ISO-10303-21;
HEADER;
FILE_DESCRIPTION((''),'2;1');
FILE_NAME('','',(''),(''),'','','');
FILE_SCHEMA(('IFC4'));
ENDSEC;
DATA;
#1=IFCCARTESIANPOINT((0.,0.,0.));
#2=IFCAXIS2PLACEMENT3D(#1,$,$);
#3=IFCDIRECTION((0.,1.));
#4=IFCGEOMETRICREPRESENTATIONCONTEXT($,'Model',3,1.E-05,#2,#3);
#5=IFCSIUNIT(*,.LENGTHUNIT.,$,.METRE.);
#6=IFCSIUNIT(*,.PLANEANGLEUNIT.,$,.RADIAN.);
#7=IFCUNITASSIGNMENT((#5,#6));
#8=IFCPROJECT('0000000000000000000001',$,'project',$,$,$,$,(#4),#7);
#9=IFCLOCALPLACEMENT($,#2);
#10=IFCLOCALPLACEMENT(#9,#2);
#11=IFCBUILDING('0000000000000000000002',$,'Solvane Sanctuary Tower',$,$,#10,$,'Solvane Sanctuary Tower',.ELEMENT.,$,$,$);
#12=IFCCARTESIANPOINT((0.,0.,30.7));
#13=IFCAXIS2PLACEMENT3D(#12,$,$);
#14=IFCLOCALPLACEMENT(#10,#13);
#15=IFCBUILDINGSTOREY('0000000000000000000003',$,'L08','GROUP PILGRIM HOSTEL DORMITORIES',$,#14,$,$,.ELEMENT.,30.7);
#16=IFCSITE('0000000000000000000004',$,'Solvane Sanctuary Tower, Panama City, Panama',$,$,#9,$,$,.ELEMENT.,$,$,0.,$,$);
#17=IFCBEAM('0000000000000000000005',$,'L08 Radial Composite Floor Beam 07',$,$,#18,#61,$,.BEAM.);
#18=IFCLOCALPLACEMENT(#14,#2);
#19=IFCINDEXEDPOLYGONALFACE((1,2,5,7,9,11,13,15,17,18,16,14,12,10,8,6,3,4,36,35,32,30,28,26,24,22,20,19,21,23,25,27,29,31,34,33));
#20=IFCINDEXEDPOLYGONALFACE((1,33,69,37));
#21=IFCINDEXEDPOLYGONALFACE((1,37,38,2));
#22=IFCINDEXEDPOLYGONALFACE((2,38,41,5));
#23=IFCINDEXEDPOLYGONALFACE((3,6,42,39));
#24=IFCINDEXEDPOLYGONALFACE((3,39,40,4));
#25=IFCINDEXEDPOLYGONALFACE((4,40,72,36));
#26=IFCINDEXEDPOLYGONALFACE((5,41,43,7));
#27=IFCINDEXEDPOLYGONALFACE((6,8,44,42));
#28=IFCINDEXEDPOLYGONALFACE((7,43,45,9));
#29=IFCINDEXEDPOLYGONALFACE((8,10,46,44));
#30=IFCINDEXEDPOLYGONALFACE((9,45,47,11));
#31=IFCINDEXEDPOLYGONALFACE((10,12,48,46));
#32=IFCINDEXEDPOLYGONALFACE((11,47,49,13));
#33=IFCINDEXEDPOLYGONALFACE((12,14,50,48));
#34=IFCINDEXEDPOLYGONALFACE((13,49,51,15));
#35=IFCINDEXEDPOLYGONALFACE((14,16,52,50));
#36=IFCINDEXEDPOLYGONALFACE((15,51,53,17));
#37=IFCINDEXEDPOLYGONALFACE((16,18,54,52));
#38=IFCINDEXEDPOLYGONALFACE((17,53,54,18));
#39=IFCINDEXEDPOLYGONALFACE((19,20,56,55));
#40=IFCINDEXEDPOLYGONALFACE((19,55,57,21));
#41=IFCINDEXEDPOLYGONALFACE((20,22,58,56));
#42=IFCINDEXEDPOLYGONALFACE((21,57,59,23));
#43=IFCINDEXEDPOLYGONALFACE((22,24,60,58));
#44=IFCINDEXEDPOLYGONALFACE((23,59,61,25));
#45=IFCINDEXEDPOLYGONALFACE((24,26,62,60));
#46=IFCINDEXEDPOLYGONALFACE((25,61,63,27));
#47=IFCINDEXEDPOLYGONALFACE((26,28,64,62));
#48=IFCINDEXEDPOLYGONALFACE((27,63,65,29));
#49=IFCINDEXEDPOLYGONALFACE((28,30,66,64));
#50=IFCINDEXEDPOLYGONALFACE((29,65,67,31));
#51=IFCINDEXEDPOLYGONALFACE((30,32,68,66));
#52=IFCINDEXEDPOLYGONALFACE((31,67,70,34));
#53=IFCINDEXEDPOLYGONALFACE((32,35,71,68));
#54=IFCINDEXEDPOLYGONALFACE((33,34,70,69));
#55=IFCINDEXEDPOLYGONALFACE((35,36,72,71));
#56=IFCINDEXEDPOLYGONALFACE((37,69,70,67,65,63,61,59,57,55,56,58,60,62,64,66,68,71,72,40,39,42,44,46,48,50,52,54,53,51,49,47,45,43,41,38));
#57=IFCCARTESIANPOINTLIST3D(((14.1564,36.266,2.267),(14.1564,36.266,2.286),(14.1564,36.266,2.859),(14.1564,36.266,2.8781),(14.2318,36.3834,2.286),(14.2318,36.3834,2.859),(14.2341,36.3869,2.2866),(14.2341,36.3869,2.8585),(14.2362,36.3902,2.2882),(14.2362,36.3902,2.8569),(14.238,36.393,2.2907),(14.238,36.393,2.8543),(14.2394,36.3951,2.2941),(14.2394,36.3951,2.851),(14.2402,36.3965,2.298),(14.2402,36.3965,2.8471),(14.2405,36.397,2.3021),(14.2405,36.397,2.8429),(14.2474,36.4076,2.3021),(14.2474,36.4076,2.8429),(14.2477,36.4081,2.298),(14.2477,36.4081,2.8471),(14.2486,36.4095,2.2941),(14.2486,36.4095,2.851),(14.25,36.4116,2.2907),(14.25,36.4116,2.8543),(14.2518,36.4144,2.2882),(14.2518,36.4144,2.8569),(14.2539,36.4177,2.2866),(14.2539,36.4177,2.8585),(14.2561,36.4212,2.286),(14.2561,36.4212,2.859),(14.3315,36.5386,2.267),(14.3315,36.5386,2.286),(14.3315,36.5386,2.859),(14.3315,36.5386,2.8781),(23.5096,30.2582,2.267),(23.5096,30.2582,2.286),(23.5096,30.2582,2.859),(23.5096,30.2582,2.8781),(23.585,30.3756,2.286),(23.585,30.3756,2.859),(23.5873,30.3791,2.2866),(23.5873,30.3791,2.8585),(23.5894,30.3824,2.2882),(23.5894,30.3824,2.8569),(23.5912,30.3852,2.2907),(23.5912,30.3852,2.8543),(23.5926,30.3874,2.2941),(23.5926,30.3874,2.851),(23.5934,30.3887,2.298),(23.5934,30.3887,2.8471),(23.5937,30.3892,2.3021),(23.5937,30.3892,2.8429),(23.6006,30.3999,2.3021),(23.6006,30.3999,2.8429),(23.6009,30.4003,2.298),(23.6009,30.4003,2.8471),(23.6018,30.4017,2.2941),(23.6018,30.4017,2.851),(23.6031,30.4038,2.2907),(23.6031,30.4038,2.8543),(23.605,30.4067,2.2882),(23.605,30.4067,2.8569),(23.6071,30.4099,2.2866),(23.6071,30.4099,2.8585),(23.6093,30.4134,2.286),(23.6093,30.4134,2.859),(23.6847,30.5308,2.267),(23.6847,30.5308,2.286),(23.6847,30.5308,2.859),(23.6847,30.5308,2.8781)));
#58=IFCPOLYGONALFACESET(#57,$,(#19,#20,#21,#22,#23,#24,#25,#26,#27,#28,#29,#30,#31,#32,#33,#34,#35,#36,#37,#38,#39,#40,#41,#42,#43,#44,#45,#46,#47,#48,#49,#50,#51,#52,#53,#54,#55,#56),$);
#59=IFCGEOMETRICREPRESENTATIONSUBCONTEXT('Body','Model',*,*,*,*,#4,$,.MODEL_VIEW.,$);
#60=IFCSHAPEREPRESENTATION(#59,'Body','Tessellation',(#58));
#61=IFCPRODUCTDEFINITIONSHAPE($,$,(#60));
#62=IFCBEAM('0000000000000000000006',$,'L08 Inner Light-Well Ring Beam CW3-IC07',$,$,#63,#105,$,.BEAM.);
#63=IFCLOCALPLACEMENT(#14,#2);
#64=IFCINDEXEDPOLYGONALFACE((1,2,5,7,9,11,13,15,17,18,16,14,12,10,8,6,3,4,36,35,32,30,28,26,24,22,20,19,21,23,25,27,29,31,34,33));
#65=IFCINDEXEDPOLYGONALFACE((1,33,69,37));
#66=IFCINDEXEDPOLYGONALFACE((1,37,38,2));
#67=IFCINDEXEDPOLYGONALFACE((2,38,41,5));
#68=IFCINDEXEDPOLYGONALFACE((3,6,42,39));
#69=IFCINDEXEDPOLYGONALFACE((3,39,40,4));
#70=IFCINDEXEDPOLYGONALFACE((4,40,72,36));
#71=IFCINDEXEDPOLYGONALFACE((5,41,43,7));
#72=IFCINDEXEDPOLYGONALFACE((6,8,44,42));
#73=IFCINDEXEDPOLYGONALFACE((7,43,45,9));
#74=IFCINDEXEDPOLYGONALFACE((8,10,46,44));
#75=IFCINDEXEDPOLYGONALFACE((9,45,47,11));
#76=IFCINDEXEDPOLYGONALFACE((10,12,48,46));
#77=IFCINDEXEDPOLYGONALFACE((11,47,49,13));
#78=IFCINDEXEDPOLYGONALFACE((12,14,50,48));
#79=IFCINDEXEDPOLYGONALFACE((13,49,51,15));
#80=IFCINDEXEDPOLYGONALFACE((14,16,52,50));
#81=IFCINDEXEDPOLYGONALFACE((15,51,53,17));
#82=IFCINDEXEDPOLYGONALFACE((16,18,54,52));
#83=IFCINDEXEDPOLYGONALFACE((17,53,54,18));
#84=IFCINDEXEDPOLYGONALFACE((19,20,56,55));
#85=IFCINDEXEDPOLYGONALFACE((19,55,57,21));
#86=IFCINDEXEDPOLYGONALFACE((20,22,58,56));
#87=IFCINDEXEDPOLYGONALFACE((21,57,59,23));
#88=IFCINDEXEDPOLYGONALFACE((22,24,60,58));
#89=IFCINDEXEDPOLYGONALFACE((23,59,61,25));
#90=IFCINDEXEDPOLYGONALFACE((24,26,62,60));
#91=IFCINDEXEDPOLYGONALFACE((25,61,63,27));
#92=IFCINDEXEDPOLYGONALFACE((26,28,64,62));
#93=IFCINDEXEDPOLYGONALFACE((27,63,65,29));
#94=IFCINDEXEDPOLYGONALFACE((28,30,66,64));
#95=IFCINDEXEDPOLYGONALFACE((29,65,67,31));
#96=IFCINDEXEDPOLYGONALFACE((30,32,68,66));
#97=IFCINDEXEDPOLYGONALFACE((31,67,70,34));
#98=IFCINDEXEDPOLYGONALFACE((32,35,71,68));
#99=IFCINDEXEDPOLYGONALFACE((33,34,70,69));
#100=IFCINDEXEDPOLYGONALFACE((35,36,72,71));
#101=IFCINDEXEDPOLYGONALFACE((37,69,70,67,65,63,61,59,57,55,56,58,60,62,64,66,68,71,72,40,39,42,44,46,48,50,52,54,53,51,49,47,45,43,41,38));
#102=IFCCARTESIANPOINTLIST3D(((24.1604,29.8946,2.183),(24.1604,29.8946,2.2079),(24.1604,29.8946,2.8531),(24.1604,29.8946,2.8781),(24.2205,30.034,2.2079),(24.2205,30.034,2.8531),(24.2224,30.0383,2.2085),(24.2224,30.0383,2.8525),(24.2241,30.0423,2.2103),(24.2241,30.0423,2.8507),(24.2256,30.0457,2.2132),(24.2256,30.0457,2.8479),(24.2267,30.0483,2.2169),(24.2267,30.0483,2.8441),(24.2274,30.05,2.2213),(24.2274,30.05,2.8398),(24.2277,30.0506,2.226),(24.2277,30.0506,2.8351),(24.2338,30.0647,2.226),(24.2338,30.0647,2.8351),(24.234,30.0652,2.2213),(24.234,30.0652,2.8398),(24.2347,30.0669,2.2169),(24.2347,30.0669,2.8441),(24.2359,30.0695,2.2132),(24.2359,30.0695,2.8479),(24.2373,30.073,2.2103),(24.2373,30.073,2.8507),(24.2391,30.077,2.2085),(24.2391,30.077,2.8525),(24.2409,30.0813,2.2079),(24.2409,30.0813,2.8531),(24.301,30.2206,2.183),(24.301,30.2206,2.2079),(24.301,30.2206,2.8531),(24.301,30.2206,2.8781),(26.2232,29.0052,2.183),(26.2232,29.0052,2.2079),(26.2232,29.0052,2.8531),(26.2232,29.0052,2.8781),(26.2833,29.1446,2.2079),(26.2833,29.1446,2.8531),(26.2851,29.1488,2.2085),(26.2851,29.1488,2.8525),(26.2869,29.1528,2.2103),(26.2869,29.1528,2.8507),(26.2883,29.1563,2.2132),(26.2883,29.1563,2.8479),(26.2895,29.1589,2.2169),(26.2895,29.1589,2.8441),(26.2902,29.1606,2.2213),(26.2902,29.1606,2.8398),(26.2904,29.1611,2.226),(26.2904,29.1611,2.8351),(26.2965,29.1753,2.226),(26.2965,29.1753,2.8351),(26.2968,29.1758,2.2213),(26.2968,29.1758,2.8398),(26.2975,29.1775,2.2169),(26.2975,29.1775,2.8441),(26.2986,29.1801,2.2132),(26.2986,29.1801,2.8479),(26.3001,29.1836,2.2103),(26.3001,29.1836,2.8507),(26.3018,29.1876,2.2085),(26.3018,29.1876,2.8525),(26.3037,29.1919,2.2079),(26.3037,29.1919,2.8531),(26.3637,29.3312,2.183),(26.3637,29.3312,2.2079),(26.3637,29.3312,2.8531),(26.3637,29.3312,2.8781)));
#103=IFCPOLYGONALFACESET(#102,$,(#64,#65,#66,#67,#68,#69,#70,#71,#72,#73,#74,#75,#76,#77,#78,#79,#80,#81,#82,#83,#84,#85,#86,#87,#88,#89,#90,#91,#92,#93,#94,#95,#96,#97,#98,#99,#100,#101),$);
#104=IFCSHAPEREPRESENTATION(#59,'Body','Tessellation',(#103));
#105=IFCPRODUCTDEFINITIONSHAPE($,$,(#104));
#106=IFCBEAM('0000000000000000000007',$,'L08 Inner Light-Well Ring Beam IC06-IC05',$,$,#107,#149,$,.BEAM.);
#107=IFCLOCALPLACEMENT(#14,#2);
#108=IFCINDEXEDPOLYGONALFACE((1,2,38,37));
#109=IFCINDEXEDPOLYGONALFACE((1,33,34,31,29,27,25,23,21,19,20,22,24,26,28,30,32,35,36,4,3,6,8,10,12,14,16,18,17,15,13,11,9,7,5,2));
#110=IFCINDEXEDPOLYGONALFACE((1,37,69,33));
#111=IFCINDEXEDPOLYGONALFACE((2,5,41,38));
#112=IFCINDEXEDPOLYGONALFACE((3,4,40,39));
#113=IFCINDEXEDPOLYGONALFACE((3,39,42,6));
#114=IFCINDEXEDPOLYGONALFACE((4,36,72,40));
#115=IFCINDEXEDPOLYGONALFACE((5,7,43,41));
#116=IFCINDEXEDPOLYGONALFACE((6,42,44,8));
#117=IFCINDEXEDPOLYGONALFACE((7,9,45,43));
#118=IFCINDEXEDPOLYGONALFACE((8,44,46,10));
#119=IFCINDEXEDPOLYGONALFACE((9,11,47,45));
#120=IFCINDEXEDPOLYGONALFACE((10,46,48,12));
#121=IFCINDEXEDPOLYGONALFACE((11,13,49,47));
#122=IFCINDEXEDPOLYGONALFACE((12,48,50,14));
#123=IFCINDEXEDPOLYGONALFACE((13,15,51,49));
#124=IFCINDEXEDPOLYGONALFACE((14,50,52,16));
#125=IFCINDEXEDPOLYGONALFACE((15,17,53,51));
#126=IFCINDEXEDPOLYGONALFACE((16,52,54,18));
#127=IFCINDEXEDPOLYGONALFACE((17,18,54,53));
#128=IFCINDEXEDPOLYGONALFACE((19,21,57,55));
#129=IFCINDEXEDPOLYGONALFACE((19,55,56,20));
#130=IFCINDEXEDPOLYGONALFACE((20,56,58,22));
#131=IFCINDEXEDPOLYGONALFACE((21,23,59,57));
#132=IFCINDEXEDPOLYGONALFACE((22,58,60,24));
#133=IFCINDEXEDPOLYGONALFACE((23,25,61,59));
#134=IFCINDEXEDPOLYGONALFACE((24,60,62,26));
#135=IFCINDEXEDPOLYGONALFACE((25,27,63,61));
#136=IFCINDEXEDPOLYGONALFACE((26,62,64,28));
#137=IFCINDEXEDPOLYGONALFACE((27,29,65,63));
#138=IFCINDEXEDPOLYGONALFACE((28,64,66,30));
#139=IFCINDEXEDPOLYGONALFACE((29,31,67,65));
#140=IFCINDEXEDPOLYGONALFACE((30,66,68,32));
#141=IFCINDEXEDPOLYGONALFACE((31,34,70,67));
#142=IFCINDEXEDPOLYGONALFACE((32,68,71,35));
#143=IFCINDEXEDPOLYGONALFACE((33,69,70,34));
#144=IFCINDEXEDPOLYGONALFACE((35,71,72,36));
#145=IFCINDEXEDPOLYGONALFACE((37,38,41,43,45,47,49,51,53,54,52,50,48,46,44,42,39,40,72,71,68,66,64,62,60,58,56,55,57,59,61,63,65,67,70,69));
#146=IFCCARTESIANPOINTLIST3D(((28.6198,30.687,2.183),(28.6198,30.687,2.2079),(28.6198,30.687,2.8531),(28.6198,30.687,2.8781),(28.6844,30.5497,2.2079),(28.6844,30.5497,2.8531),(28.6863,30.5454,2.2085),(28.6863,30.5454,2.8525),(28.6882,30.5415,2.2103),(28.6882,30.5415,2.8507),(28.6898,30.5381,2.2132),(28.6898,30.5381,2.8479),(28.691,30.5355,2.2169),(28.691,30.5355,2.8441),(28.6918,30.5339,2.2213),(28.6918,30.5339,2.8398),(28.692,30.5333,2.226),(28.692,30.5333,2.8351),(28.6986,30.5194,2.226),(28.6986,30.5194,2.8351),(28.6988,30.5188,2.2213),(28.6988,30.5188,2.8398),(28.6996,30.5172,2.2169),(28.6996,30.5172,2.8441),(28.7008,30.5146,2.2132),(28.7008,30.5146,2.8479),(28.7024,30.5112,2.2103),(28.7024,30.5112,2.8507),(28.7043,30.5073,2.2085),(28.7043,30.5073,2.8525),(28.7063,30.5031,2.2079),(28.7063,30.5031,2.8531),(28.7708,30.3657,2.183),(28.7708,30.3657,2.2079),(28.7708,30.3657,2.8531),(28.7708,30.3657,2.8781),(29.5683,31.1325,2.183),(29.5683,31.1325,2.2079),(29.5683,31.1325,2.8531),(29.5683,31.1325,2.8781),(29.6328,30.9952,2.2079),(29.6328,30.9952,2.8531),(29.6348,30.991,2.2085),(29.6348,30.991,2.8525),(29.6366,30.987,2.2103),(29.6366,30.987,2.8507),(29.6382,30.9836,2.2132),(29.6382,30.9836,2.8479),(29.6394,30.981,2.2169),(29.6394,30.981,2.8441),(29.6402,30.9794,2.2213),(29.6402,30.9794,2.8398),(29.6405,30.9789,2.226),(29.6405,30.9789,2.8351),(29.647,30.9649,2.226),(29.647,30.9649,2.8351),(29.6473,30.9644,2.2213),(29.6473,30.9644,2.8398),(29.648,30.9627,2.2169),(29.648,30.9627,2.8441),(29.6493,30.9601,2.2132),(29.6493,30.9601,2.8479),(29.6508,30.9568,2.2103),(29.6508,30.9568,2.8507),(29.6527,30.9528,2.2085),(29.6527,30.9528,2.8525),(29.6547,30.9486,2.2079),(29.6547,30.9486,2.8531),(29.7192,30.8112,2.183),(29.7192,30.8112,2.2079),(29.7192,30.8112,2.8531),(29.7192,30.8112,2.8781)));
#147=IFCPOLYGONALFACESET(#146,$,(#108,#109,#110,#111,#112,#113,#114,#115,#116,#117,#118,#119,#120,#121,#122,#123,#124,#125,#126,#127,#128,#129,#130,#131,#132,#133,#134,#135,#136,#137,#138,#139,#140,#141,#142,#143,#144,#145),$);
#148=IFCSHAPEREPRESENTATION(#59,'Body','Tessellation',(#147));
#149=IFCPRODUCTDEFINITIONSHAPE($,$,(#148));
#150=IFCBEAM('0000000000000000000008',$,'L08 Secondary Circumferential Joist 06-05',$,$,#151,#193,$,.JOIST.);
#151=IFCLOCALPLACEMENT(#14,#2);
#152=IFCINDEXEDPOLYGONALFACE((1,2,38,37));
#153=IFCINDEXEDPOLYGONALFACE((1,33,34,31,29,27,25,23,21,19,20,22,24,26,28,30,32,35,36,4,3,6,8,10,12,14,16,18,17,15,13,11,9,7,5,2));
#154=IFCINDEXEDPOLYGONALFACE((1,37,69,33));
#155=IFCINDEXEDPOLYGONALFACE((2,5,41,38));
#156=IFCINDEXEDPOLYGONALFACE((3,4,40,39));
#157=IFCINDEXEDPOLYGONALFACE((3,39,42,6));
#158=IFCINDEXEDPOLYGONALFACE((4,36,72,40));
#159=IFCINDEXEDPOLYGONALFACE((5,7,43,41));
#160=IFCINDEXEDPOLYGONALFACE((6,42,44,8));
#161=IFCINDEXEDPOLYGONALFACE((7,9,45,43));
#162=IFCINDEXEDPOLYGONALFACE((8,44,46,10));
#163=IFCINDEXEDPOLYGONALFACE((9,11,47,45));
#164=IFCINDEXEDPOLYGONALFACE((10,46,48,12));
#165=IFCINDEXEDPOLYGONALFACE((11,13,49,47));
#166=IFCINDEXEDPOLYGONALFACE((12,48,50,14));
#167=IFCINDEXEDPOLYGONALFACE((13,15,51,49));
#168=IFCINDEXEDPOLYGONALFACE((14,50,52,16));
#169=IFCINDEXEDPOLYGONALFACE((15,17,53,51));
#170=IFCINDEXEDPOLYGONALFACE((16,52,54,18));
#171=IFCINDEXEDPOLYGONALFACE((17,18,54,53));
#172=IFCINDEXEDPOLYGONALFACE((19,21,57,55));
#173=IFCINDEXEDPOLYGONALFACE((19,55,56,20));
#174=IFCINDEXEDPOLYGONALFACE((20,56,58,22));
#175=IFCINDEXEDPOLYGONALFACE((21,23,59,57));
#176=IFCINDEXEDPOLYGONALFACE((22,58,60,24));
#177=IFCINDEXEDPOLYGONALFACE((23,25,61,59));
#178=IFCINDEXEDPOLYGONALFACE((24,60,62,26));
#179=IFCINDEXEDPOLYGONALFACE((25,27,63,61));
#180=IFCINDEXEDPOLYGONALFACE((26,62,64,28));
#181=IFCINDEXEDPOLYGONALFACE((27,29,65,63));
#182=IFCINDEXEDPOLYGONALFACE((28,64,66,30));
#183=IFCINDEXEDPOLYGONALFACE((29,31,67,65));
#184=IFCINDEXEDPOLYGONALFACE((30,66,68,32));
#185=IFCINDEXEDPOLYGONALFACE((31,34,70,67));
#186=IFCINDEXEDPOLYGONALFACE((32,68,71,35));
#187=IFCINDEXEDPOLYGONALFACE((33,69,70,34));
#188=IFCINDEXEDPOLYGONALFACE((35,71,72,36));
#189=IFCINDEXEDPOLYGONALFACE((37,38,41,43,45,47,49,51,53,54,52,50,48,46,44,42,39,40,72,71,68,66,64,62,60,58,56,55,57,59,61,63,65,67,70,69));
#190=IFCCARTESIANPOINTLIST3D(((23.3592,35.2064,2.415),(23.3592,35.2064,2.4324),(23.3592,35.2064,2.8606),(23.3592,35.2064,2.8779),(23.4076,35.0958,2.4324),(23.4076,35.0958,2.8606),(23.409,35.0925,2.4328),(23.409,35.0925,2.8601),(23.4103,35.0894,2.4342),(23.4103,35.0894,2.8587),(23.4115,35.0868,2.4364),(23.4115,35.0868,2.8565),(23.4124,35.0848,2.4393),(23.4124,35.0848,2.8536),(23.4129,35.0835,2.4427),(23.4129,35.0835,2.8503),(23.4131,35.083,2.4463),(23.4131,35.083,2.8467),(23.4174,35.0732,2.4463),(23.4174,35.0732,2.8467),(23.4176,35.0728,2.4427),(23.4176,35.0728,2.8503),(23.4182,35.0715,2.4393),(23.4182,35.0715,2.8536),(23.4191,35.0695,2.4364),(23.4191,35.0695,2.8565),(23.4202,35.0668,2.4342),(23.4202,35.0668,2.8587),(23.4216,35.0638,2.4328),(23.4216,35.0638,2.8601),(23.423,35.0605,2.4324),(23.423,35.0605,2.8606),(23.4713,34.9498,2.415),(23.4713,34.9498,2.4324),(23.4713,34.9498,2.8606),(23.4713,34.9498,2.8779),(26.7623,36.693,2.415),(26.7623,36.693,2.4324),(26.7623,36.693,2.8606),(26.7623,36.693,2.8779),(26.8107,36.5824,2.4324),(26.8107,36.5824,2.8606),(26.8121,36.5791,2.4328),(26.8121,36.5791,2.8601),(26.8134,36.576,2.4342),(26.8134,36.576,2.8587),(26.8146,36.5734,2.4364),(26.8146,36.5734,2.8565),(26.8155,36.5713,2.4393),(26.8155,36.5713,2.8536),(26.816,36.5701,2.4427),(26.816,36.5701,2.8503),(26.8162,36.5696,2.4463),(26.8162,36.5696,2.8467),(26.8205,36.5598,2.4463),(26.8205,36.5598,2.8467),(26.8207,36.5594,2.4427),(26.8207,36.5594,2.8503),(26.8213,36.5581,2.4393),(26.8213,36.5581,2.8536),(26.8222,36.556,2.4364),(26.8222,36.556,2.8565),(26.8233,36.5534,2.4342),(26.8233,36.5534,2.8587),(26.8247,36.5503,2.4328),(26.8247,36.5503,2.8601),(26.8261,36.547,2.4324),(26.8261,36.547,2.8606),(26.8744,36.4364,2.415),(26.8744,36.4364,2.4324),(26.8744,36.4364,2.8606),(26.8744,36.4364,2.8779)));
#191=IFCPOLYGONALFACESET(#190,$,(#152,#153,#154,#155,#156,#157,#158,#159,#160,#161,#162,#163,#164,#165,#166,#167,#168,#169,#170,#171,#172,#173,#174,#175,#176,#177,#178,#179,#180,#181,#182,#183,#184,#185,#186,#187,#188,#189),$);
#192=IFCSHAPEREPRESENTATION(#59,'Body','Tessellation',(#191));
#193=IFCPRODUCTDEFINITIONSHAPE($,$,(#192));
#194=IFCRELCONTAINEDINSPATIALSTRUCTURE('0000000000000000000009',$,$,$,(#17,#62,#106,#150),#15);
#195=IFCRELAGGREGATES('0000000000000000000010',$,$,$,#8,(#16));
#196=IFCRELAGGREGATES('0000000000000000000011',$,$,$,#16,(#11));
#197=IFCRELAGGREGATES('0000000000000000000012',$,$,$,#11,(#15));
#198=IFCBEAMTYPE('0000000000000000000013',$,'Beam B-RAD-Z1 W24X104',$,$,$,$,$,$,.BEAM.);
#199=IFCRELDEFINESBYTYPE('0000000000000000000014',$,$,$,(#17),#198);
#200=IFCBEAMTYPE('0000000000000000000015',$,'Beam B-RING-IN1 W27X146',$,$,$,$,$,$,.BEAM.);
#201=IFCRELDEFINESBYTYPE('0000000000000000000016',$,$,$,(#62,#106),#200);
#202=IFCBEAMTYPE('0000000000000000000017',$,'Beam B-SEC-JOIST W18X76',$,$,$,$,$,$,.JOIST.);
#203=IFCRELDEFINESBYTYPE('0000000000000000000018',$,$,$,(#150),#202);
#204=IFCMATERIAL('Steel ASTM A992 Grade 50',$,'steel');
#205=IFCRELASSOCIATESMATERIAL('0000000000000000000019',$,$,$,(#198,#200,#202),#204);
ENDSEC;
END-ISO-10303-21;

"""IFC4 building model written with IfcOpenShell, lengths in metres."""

from ifc_helpers import new_model, si_unit, direction, frame, origin, origin_2d, place, context, subcontext, project, spatial, i_section, extrude, material, material_profile, profile_set, type_object, element, save


model = new_model("IFC4")

# Units and contexts
model_context = context("Model", 3, precision=1e-05, world=origin(), true_north=direction((0.0, 1.0)))
body_context = subcontext(model_context, "Body", "Model", "MODEL_VIEW")
ifc_project = project(units=[si_unit("LENGTHUNIT", "METRE"), si_unit("PLANEANGLEUNIT", "RADIAN")], contexts=[model_context])

# Site, building, storey
site_placement = place(None, origin())
site = spatial("IfcSite", under=ifc_project, at=site_placement, Name="Solvane Sanctuary Tower, Panama City, Panama", CompositionType="ELEMENT", RefElevation=0.0)
building_placement = place(site_placement, origin())
building = spatial("IfcBuilding", under=site, at=building_placement, Name="Solvane Sanctuary Tower", LongName="Solvane Sanctuary Tower", CompositionType="ELEMENT")
storey_placement = place(building_placement, frame((0.0, 0.0, 30.7)))
storey = spatial("IfcBuildingStorey", under=building, at=storey_placement, Name="L08", Description="GROUP PILGRIM HOSTEL DORMITORIES", CompositionType="ELEMENT", Elevation=30.7)

# Beams
ifc_material_1 = material(Name="Steel ASTM A992 Grade 50", Category="steel")
ifc_material_profile_1 = material_profile(ifc_material_1, i_section(OverallWidth=0.324, OverallDepth=0.6111, WebThickness=0.0127, FlangeThickness=0.019, FilletRadius=0.0161, at=origin_2d()), Name="W24X104")
ifc_profile_set_1 = profile_set([ifc_material_profile_1], Name="Steel ASTM A992 Grade 50")
beam_type_1 = type_object("IfcBeamType", Name="Beam B-RAD-Z1 W24X104", PredefinedType="BEAM", material=ifc_profile_set_1)
beam_1_placement = place(storey_placement, frame((23.5972, 30.3945, 2.5725), z_axis=(-0.841383, 0.540439, 0.0), x_axis=(-0.540439, -0.841383, 0.0)))
element("IfcBeam", 1, at=beam_1_placement, inside=storey, type_object=beam_type_1, Name="L08 Radial Composite Floor Beam 07", PredefinedType="BEAM", context=body_context, shape_type="SweptSolid", body=[
    extrude(i_section(OverallWidth=0.324, OverallDepth=0.6111, WebThickness=0.0127, FlangeThickness=0.019, FilletRadius=0.0161, at=origin_2d()), origin(), (0.0, 0.0, 1.0), 11.1165),
])
ifc_material_profile_2 = material_profile(ifc_material_1, i_section(OverallWidth=0.355, OverallDepth=0.6951, WebThickness=0.0154, FlangeThickness=0.0249, FilletRadius=0.0181, at=origin_2d()), Name="W27X146")
ifc_profile_set_2 = profile_set([ifc_material_profile_2], Name="Steel ASTM A992 Grade 50")
beam_type_2 = type_object("IfcBeamType", Name="Beam B-RING-IN1 W27X146", PredefinedType="BEAM", material=ifc_profile_set_2)
beam_2_placement = place(storey_placement, frame((24.2307, 30.0576, 2.5305), z_axis=(0.918277, -0.395938, 0.0), x_axis=(0.395938, 0.918277, 0.0)))
element("IfcBeam", 2, at=beam_2_placement, inside=storey, type_object=beam_type_2, Name="L08 Inner Light-Well Ring Beam CW3-IC07", PredefinedType="BEAM", context=body_context, shape_type="SweptSolid", body=[
    extrude(i_section(OverallWidth=0.355, OverallDepth=0.6951, WebThickness=0.0154, FlangeThickness=0.0249, FilletRadius=0.0181, at=origin_2d()), origin(), (0.0, 0.0, 1.0), 2.2463),
])
beam_3_placement = place(storey_placement, frame((28.6953, 30.5264, 2.5305), z_axis=(0.905109, 0.42518, 0.0), x_axis=(-0.42518, 0.905109, 0.0)))
element("IfcBeam", 3, at=beam_3_placement, inside=storey, type_object=beam_type_2, Name="L08 Inner Light-Well Ring Beam IC06-IC05", PredefinedType="BEAM", context=body_context, shape_type="SweptSolid", body=[
    extrude(i_section(OverallWidth=0.355, OverallDepth=0.6951, WebThickness=0.0154, FlangeThickness=0.0249, FilletRadius=0.0181, at=origin_2d()), origin(), (0.0, 0.0, 1.0), 1.0479),
])
ifc_material_profile_3 = material_profile(ifc_material_1, i_section(OverallWidth=0.28, OverallDepth=0.4629, WebThickness=0.0107, FlangeThickness=0.0173, FilletRadius=0.0139, at=origin_2d()), Name="W18X76")
ifc_profile_set_3 = profile_set([ifc_material_profile_3], Name="Steel ASTM A992 Grade 50")
beam_type_3 = type_object("IfcBeamType", Name="Beam B-SEC-JOIST W18X76", PredefinedType="JOIST", material=ifc_profile_set_3)
beam_4_placement = place(storey_placement, frame((23.4153, 35.0781, 2.6465), z_axis=(0.916382, 0.400305, 0.0), x_axis=(-0.400305, 0.916382, 0.0)))
element("IfcBeam", 4, at=beam_4_placement, inside=storey, type_object=beam_type_3, Name="L08 Secondary Circumferential Joist 06-05", PredefinedType="JOIST", context=body_context, shape_type="SweptSolid", body=[
    extrude(i_section(OverallWidth=0.28, OverallDepth=0.4629, WebThickness=0.0107, FlangeThickness=0.0173, FilletRadius=0.0139, at=origin_2d()), origin(), (0.0, 0.0, 1.0), 3.7136),
])

save(model, "model.ifc")
